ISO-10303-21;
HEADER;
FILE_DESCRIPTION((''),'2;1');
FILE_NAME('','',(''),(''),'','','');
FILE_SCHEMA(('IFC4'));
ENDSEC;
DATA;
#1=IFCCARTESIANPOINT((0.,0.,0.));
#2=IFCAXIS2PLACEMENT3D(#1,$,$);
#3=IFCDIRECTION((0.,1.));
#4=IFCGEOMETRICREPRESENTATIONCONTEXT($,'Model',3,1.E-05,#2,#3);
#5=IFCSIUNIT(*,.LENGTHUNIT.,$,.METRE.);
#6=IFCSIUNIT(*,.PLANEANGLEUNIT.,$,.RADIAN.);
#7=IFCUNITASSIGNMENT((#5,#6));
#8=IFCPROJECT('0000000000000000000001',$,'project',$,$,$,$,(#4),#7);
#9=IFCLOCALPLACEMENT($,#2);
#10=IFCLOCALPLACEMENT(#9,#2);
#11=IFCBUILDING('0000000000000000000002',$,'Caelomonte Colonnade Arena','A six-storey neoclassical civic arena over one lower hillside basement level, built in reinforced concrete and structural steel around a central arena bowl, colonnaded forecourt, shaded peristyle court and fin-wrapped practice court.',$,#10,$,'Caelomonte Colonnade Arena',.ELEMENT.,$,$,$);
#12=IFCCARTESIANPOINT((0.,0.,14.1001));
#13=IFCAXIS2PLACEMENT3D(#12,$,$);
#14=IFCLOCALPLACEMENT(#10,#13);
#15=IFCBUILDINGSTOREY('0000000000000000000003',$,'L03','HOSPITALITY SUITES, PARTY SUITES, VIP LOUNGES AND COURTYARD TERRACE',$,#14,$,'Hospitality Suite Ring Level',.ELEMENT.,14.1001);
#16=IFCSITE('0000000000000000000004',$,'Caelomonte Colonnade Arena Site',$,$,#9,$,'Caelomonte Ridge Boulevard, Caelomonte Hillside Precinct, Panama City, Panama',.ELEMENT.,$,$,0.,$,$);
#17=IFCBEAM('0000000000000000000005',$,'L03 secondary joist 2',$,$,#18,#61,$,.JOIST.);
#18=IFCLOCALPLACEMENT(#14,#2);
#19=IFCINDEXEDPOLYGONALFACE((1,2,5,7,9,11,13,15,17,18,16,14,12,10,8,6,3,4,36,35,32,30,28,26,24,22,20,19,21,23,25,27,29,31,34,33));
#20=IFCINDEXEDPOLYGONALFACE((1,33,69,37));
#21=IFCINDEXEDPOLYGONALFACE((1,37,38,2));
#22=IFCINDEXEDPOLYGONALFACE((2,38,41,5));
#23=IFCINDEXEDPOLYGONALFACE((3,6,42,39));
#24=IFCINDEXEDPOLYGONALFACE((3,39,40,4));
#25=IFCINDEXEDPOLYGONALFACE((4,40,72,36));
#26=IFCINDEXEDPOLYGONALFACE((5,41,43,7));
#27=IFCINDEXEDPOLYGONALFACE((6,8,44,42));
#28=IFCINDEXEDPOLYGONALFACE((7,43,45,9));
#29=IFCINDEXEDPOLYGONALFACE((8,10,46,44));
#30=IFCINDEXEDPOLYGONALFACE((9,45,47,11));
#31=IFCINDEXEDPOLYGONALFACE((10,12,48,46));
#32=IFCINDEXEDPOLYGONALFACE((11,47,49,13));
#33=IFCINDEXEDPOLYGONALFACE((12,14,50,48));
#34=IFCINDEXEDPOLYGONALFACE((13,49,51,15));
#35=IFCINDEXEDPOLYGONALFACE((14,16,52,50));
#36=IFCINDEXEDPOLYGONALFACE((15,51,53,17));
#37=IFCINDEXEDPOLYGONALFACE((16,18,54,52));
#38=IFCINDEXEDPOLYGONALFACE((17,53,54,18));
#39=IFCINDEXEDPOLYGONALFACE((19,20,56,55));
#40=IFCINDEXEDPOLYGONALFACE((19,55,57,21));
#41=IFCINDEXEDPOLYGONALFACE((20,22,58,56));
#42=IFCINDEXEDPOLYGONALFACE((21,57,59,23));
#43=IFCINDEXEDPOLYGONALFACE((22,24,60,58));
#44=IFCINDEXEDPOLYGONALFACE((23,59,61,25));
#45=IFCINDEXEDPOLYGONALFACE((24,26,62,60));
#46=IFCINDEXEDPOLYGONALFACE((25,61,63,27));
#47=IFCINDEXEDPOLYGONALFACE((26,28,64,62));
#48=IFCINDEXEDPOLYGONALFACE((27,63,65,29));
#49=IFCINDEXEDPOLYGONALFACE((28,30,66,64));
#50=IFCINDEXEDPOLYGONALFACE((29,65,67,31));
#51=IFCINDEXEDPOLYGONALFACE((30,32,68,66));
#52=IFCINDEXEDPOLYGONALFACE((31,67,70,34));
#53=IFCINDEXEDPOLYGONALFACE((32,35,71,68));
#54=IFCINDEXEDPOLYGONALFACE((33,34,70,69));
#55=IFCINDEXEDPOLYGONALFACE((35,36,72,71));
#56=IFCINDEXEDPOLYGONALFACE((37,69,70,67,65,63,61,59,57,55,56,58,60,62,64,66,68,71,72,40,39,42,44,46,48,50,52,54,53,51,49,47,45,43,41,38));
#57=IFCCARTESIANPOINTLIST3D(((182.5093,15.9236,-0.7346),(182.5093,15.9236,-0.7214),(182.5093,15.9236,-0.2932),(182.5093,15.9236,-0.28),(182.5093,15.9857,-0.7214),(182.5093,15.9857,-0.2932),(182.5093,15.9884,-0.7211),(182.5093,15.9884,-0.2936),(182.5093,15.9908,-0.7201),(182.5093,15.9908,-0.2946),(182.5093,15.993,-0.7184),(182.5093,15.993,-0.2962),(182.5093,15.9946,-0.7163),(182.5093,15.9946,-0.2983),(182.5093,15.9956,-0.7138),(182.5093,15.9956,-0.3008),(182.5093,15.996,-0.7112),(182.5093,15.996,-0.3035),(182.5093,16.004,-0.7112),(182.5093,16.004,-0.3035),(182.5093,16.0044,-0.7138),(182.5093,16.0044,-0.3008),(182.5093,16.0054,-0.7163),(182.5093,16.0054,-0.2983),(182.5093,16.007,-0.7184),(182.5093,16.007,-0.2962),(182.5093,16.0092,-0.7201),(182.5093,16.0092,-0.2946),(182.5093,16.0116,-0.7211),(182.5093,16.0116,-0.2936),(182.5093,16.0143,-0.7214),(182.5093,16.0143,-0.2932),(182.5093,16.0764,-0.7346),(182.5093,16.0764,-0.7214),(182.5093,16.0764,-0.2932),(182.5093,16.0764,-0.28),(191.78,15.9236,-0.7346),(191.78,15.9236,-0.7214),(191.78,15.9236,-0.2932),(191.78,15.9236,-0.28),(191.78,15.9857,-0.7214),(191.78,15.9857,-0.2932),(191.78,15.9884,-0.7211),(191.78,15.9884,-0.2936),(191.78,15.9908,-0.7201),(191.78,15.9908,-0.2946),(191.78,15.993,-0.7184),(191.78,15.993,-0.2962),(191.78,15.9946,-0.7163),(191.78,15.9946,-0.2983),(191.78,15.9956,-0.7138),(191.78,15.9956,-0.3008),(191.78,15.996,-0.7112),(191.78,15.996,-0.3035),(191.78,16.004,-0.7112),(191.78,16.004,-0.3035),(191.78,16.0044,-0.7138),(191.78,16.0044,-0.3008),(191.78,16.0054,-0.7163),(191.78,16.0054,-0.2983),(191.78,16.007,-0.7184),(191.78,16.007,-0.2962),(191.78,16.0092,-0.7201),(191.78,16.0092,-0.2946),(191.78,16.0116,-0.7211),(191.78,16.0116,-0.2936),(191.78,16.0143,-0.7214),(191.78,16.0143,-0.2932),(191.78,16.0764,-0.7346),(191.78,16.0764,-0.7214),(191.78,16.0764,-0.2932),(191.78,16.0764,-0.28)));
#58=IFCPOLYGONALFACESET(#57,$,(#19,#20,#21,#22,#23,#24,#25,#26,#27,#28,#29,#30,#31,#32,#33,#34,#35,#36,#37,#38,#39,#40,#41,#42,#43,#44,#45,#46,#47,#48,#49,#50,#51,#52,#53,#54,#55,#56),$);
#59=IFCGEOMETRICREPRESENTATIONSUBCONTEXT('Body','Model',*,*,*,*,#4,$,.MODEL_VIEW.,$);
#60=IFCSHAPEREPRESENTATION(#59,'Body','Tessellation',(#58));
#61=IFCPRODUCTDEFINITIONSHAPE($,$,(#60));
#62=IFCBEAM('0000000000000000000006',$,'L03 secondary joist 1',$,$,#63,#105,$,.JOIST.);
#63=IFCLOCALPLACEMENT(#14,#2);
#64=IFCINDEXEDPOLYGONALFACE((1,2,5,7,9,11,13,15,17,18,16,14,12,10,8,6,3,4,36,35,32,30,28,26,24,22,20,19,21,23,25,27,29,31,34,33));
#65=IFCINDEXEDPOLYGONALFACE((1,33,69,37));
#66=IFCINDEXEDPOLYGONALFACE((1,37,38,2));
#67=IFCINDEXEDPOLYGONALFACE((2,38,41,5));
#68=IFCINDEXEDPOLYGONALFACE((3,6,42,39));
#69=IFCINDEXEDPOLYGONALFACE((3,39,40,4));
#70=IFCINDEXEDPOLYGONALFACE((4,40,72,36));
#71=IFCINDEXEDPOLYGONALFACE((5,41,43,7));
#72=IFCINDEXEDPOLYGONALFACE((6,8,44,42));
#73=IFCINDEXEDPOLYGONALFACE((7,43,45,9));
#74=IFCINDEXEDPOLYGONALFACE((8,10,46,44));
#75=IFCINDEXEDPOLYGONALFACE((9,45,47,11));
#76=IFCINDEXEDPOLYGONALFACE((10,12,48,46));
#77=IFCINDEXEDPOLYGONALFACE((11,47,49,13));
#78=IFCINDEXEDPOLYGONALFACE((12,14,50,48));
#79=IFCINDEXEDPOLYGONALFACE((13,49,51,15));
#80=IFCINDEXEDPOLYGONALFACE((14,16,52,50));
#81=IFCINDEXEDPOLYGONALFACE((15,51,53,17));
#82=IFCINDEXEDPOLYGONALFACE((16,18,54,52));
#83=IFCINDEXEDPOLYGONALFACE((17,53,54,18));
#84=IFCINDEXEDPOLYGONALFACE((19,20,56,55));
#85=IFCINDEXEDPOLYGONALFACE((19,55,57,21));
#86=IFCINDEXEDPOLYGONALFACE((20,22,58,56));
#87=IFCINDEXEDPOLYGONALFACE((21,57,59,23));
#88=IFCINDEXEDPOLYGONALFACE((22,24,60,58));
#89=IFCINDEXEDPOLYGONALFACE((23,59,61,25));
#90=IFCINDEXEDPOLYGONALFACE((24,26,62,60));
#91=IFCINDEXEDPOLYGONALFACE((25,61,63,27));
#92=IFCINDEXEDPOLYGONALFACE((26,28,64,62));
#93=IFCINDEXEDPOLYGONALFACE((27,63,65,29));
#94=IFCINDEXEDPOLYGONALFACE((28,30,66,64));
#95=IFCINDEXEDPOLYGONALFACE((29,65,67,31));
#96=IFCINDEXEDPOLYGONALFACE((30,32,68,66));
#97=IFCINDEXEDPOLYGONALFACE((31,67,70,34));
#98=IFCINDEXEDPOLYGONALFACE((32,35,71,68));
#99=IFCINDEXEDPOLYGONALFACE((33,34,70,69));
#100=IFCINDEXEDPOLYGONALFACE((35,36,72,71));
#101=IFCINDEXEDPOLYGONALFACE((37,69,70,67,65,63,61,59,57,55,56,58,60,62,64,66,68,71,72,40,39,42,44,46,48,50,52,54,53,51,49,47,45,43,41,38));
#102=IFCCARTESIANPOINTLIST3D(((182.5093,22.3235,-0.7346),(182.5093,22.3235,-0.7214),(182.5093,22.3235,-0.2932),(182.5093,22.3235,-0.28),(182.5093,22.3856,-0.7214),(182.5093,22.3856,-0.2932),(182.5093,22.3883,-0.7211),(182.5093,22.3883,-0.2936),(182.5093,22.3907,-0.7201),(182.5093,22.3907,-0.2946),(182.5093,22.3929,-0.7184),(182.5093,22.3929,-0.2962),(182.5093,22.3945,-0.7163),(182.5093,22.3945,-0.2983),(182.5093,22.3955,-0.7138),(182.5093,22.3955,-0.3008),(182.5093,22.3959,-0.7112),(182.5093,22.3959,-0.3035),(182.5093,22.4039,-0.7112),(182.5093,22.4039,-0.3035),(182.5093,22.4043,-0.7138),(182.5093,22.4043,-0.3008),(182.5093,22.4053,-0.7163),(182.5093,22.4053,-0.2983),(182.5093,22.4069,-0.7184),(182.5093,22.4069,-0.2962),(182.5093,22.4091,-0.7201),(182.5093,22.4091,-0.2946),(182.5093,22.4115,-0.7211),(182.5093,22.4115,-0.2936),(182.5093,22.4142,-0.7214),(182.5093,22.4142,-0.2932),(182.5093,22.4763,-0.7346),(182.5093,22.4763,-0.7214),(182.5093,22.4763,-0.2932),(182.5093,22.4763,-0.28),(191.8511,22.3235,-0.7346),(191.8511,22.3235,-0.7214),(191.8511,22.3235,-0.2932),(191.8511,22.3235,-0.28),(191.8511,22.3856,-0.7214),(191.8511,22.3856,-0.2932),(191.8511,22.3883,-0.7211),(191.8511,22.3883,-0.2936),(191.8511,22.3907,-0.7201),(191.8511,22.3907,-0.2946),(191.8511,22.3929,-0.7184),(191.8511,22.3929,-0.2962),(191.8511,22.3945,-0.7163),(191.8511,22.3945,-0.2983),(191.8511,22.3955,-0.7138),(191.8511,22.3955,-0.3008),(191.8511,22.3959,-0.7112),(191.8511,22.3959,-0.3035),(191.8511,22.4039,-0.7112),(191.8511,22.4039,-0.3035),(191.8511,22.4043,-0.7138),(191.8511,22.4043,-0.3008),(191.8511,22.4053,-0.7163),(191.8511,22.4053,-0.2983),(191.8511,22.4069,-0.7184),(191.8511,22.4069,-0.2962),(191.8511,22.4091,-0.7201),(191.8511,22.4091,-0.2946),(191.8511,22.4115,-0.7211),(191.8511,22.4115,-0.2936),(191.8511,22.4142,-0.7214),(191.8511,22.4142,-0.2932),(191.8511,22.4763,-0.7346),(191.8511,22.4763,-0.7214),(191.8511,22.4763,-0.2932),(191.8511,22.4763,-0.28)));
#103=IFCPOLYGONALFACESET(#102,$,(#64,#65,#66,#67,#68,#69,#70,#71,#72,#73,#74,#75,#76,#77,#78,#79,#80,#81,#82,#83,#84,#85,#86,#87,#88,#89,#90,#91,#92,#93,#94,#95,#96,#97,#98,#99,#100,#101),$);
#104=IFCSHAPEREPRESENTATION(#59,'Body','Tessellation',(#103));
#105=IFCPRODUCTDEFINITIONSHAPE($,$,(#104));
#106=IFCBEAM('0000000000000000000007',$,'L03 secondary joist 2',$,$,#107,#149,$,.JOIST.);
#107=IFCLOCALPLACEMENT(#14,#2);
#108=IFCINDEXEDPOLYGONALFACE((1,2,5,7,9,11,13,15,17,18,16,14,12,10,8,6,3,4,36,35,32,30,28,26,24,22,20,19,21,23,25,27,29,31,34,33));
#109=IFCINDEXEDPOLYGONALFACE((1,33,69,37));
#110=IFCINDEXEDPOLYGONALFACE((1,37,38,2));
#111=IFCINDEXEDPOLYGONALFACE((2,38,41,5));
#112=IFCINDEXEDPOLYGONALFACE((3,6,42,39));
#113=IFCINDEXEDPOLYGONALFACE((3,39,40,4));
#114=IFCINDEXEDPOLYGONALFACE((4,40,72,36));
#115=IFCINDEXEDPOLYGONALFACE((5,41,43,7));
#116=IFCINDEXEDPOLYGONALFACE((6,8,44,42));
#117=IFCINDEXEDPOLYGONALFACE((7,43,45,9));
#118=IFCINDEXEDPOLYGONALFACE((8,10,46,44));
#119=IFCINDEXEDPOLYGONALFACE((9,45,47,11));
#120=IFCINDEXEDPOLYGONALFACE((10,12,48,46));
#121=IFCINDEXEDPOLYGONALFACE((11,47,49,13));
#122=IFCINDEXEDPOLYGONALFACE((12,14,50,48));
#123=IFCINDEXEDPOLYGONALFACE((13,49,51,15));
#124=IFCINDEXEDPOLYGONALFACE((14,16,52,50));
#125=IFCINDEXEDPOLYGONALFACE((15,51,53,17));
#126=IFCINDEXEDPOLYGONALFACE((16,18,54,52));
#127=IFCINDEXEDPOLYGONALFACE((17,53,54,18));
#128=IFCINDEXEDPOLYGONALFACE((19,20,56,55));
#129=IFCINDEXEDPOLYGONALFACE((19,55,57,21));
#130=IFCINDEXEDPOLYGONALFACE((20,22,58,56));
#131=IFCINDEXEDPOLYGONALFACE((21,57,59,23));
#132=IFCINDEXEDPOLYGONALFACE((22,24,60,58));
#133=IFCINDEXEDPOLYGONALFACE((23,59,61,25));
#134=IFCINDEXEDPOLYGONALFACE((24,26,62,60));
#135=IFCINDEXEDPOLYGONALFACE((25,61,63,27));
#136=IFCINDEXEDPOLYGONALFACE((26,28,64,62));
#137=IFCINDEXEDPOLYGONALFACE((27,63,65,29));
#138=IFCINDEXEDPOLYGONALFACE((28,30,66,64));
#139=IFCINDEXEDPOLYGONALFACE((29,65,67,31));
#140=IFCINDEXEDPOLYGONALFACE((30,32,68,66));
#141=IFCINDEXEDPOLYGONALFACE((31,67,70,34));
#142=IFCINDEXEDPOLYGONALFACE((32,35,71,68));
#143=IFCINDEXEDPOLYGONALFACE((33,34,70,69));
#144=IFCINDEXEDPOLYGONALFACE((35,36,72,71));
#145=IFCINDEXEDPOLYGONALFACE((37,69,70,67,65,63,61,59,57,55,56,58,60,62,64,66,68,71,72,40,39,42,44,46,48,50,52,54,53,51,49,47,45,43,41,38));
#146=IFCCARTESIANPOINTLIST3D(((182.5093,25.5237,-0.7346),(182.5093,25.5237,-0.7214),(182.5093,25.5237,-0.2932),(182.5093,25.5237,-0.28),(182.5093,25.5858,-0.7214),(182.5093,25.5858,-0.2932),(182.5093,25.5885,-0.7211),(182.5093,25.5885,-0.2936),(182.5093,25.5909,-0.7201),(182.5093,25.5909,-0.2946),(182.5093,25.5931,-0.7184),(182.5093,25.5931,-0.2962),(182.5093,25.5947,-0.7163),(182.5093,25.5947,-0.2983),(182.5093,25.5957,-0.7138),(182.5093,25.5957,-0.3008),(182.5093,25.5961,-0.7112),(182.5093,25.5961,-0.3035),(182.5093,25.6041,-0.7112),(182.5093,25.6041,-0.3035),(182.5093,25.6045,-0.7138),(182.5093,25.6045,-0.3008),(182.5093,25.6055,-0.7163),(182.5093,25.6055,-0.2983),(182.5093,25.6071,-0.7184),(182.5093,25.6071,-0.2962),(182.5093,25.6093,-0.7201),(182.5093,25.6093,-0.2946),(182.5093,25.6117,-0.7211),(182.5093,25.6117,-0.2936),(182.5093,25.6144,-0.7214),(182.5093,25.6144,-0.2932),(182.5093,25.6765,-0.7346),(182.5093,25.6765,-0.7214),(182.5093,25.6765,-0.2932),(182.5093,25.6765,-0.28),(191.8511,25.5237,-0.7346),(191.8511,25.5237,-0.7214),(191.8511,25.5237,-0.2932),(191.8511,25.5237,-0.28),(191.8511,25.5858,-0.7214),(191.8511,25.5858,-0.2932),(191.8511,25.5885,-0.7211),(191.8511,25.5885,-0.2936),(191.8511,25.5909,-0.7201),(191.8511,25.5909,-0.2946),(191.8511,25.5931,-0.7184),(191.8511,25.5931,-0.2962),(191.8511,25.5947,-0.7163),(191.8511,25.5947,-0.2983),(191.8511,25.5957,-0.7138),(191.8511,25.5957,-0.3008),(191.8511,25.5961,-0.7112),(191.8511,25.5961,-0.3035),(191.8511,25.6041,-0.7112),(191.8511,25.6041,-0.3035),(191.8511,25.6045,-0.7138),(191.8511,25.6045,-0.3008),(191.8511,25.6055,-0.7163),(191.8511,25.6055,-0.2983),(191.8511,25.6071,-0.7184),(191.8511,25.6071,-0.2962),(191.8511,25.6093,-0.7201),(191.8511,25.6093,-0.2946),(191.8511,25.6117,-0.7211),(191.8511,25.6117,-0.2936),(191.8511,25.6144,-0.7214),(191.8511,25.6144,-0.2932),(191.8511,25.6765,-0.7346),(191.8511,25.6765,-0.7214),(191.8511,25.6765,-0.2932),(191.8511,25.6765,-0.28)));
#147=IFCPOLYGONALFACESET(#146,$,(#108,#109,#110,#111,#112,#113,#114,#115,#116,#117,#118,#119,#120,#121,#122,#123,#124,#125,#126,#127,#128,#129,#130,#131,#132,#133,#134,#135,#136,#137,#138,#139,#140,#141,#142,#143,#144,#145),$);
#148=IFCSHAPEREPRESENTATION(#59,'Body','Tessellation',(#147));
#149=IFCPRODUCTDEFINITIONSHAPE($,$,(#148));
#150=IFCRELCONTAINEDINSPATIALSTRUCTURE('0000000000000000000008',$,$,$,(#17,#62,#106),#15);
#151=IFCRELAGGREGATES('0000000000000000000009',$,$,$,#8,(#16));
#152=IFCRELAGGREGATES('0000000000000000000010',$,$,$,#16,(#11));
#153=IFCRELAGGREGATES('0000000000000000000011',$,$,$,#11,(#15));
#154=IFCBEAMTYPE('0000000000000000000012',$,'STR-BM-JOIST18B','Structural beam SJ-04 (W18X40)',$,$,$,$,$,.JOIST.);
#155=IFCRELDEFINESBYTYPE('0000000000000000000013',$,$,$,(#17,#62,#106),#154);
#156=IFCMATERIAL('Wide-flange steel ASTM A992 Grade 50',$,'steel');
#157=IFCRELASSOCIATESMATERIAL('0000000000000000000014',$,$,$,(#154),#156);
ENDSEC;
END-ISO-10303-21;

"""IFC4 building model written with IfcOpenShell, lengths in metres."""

from ifc_helpers import new_model, si_unit, direction, frame, origin, origin_2d, place, context, subcontext, project, spatial, i_section, extrude, material, material_profile, profile_set, type_object, element, save


model = new_model("IFC4")

# Units and contexts
model_context = context("Model", 3, precision=1e-05, world=origin(), true_north=direction((0.0, 1.0)))
body_context = subcontext(model_context, "Body", "Model", "MODEL_VIEW")
ifc_project = project(units=[si_unit("LENGTHUNIT", "METRE"), si_unit("PLANEANGLEUNIT", "RADIAN")], contexts=[model_context])

# Site, building, storey
site_placement = place(None, origin())
site = spatial("IfcSite", under=ifc_project, at=site_placement, Name="Caelomonte Colonnade Arena Site", LongName="Caelomonte Ridge Boulevard, Caelomonte Hillside Precinct, Panama City, Panama", CompositionType="ELEMENT", RefElevation=0.0)
building_placement = place(site_placement, origin())
building = spatial("IfcBuilding", under=site, at=building_placement, Name="Caelomonte Colonnade Arena", Description="A six-storey neoclassical civic arena over one lower hillside basement level, built in reinforced concrete and structural steel around a central arena bowl, colonnaded forecourt, shaded peristyle court and fin-wrapped practice court.", LongName="Caelomonte Colonnade Arena", CompositionType="ELEMENT")
storey_placement = place(building_placement, frame((0.0, 0.0, 14.1001)))
storey = spatial("IfcBuildingStorey", under=building, at=storey_placement, Name="L03", Description="HOSPITALITY SUITES, PARTY SUITES, VIP LOUNGES AND COURTYARD TERRACE", LongName="Hospitality Suite Ring Level", CompositionType="ELEMENT", Elevation=14.1001)

# Beams
ifc_material_1 = material(Name="Wide-flange steel ASTM A992 Grade 50", Category="steel")
ifc_material_profile_1 = material_profile(ifc_material_1, i_section(OverallWidth=0.1528, OverallDepth=0.4546, WebThickness=0.0081, FlangeThickness=0.0132, FilletRadius=0.0103, at=origin_2d()), Name="W18X40")
ifc_profile_set_1 = profile_set([ifc_material_profile_1], Name="Wide-flange steel ASTM A992 Grade 50")
beam_type_1 = type_object("IfcBeamType", Name="STR-BM-JOIST18B", Description="Structural beam SJ-04 (W18X40)", PredefinedType="JOIST", material=ifc_profile_set_1)
for number, where, z_axis, x_axis, name in (
    (1, (182.5093, 16.0, -0.5073), (1.0, 0.0, 0.0), (0.0, 1.0, 0.0), "L03 secondary joist 2"),
):
    element("IfcBeam", number, at=place(storey_placement, frame(where, z_axis=z_axis, x_axis=x_axis)), inside=storey, type_object=beam_type_1, Name=name, PredefinedType="JOIST", context=body_context, shape_type="SweptSolid", body=[
        extrude(i_section(OverallWidth=0.1528, OverallDepth=0.4546, WebThickness=0.0081, FlangeThickness=0.0132, FilletRadius=0.0103, at=origin_2d()), origin(), (0.0, 0.0, 1.0), 9.2708),
    ])
for number, where, z_axis, x_axis, name in (
    (2, (182.5093, 22.3999, -0.5073), (1.0, 0.0, 0.0), (0.0, 1.0, 0.0), "L03 secondary joist 1"),
    (3, (182.5093, 25.6001, -0.5073), (1.0, 0.0, 0.0), (0.0, 1.0, 0.0), "L03 secondary joist 2"),
):
    element("IfcBeam", number, at=place(storey_placement, frame(where, z_axis=z_axis, x_axis=x_axis)), inside=storey, type_object=beam_type_1, Name=name, PredefinedType="JOIST", context=body_context, shape_type="SweptSolid", body=[
        extrude(i_section(OverallWidth=0.1528, OverallDepth=0.4546, WebThickness=0.0081, FlangeThickness=0.0132, FilletRadius=0.0103, at=origin_2d()), origin(), (0.0, 0.0, 1.0), 9.3418),
    ])

save(model, "model.ifc")
